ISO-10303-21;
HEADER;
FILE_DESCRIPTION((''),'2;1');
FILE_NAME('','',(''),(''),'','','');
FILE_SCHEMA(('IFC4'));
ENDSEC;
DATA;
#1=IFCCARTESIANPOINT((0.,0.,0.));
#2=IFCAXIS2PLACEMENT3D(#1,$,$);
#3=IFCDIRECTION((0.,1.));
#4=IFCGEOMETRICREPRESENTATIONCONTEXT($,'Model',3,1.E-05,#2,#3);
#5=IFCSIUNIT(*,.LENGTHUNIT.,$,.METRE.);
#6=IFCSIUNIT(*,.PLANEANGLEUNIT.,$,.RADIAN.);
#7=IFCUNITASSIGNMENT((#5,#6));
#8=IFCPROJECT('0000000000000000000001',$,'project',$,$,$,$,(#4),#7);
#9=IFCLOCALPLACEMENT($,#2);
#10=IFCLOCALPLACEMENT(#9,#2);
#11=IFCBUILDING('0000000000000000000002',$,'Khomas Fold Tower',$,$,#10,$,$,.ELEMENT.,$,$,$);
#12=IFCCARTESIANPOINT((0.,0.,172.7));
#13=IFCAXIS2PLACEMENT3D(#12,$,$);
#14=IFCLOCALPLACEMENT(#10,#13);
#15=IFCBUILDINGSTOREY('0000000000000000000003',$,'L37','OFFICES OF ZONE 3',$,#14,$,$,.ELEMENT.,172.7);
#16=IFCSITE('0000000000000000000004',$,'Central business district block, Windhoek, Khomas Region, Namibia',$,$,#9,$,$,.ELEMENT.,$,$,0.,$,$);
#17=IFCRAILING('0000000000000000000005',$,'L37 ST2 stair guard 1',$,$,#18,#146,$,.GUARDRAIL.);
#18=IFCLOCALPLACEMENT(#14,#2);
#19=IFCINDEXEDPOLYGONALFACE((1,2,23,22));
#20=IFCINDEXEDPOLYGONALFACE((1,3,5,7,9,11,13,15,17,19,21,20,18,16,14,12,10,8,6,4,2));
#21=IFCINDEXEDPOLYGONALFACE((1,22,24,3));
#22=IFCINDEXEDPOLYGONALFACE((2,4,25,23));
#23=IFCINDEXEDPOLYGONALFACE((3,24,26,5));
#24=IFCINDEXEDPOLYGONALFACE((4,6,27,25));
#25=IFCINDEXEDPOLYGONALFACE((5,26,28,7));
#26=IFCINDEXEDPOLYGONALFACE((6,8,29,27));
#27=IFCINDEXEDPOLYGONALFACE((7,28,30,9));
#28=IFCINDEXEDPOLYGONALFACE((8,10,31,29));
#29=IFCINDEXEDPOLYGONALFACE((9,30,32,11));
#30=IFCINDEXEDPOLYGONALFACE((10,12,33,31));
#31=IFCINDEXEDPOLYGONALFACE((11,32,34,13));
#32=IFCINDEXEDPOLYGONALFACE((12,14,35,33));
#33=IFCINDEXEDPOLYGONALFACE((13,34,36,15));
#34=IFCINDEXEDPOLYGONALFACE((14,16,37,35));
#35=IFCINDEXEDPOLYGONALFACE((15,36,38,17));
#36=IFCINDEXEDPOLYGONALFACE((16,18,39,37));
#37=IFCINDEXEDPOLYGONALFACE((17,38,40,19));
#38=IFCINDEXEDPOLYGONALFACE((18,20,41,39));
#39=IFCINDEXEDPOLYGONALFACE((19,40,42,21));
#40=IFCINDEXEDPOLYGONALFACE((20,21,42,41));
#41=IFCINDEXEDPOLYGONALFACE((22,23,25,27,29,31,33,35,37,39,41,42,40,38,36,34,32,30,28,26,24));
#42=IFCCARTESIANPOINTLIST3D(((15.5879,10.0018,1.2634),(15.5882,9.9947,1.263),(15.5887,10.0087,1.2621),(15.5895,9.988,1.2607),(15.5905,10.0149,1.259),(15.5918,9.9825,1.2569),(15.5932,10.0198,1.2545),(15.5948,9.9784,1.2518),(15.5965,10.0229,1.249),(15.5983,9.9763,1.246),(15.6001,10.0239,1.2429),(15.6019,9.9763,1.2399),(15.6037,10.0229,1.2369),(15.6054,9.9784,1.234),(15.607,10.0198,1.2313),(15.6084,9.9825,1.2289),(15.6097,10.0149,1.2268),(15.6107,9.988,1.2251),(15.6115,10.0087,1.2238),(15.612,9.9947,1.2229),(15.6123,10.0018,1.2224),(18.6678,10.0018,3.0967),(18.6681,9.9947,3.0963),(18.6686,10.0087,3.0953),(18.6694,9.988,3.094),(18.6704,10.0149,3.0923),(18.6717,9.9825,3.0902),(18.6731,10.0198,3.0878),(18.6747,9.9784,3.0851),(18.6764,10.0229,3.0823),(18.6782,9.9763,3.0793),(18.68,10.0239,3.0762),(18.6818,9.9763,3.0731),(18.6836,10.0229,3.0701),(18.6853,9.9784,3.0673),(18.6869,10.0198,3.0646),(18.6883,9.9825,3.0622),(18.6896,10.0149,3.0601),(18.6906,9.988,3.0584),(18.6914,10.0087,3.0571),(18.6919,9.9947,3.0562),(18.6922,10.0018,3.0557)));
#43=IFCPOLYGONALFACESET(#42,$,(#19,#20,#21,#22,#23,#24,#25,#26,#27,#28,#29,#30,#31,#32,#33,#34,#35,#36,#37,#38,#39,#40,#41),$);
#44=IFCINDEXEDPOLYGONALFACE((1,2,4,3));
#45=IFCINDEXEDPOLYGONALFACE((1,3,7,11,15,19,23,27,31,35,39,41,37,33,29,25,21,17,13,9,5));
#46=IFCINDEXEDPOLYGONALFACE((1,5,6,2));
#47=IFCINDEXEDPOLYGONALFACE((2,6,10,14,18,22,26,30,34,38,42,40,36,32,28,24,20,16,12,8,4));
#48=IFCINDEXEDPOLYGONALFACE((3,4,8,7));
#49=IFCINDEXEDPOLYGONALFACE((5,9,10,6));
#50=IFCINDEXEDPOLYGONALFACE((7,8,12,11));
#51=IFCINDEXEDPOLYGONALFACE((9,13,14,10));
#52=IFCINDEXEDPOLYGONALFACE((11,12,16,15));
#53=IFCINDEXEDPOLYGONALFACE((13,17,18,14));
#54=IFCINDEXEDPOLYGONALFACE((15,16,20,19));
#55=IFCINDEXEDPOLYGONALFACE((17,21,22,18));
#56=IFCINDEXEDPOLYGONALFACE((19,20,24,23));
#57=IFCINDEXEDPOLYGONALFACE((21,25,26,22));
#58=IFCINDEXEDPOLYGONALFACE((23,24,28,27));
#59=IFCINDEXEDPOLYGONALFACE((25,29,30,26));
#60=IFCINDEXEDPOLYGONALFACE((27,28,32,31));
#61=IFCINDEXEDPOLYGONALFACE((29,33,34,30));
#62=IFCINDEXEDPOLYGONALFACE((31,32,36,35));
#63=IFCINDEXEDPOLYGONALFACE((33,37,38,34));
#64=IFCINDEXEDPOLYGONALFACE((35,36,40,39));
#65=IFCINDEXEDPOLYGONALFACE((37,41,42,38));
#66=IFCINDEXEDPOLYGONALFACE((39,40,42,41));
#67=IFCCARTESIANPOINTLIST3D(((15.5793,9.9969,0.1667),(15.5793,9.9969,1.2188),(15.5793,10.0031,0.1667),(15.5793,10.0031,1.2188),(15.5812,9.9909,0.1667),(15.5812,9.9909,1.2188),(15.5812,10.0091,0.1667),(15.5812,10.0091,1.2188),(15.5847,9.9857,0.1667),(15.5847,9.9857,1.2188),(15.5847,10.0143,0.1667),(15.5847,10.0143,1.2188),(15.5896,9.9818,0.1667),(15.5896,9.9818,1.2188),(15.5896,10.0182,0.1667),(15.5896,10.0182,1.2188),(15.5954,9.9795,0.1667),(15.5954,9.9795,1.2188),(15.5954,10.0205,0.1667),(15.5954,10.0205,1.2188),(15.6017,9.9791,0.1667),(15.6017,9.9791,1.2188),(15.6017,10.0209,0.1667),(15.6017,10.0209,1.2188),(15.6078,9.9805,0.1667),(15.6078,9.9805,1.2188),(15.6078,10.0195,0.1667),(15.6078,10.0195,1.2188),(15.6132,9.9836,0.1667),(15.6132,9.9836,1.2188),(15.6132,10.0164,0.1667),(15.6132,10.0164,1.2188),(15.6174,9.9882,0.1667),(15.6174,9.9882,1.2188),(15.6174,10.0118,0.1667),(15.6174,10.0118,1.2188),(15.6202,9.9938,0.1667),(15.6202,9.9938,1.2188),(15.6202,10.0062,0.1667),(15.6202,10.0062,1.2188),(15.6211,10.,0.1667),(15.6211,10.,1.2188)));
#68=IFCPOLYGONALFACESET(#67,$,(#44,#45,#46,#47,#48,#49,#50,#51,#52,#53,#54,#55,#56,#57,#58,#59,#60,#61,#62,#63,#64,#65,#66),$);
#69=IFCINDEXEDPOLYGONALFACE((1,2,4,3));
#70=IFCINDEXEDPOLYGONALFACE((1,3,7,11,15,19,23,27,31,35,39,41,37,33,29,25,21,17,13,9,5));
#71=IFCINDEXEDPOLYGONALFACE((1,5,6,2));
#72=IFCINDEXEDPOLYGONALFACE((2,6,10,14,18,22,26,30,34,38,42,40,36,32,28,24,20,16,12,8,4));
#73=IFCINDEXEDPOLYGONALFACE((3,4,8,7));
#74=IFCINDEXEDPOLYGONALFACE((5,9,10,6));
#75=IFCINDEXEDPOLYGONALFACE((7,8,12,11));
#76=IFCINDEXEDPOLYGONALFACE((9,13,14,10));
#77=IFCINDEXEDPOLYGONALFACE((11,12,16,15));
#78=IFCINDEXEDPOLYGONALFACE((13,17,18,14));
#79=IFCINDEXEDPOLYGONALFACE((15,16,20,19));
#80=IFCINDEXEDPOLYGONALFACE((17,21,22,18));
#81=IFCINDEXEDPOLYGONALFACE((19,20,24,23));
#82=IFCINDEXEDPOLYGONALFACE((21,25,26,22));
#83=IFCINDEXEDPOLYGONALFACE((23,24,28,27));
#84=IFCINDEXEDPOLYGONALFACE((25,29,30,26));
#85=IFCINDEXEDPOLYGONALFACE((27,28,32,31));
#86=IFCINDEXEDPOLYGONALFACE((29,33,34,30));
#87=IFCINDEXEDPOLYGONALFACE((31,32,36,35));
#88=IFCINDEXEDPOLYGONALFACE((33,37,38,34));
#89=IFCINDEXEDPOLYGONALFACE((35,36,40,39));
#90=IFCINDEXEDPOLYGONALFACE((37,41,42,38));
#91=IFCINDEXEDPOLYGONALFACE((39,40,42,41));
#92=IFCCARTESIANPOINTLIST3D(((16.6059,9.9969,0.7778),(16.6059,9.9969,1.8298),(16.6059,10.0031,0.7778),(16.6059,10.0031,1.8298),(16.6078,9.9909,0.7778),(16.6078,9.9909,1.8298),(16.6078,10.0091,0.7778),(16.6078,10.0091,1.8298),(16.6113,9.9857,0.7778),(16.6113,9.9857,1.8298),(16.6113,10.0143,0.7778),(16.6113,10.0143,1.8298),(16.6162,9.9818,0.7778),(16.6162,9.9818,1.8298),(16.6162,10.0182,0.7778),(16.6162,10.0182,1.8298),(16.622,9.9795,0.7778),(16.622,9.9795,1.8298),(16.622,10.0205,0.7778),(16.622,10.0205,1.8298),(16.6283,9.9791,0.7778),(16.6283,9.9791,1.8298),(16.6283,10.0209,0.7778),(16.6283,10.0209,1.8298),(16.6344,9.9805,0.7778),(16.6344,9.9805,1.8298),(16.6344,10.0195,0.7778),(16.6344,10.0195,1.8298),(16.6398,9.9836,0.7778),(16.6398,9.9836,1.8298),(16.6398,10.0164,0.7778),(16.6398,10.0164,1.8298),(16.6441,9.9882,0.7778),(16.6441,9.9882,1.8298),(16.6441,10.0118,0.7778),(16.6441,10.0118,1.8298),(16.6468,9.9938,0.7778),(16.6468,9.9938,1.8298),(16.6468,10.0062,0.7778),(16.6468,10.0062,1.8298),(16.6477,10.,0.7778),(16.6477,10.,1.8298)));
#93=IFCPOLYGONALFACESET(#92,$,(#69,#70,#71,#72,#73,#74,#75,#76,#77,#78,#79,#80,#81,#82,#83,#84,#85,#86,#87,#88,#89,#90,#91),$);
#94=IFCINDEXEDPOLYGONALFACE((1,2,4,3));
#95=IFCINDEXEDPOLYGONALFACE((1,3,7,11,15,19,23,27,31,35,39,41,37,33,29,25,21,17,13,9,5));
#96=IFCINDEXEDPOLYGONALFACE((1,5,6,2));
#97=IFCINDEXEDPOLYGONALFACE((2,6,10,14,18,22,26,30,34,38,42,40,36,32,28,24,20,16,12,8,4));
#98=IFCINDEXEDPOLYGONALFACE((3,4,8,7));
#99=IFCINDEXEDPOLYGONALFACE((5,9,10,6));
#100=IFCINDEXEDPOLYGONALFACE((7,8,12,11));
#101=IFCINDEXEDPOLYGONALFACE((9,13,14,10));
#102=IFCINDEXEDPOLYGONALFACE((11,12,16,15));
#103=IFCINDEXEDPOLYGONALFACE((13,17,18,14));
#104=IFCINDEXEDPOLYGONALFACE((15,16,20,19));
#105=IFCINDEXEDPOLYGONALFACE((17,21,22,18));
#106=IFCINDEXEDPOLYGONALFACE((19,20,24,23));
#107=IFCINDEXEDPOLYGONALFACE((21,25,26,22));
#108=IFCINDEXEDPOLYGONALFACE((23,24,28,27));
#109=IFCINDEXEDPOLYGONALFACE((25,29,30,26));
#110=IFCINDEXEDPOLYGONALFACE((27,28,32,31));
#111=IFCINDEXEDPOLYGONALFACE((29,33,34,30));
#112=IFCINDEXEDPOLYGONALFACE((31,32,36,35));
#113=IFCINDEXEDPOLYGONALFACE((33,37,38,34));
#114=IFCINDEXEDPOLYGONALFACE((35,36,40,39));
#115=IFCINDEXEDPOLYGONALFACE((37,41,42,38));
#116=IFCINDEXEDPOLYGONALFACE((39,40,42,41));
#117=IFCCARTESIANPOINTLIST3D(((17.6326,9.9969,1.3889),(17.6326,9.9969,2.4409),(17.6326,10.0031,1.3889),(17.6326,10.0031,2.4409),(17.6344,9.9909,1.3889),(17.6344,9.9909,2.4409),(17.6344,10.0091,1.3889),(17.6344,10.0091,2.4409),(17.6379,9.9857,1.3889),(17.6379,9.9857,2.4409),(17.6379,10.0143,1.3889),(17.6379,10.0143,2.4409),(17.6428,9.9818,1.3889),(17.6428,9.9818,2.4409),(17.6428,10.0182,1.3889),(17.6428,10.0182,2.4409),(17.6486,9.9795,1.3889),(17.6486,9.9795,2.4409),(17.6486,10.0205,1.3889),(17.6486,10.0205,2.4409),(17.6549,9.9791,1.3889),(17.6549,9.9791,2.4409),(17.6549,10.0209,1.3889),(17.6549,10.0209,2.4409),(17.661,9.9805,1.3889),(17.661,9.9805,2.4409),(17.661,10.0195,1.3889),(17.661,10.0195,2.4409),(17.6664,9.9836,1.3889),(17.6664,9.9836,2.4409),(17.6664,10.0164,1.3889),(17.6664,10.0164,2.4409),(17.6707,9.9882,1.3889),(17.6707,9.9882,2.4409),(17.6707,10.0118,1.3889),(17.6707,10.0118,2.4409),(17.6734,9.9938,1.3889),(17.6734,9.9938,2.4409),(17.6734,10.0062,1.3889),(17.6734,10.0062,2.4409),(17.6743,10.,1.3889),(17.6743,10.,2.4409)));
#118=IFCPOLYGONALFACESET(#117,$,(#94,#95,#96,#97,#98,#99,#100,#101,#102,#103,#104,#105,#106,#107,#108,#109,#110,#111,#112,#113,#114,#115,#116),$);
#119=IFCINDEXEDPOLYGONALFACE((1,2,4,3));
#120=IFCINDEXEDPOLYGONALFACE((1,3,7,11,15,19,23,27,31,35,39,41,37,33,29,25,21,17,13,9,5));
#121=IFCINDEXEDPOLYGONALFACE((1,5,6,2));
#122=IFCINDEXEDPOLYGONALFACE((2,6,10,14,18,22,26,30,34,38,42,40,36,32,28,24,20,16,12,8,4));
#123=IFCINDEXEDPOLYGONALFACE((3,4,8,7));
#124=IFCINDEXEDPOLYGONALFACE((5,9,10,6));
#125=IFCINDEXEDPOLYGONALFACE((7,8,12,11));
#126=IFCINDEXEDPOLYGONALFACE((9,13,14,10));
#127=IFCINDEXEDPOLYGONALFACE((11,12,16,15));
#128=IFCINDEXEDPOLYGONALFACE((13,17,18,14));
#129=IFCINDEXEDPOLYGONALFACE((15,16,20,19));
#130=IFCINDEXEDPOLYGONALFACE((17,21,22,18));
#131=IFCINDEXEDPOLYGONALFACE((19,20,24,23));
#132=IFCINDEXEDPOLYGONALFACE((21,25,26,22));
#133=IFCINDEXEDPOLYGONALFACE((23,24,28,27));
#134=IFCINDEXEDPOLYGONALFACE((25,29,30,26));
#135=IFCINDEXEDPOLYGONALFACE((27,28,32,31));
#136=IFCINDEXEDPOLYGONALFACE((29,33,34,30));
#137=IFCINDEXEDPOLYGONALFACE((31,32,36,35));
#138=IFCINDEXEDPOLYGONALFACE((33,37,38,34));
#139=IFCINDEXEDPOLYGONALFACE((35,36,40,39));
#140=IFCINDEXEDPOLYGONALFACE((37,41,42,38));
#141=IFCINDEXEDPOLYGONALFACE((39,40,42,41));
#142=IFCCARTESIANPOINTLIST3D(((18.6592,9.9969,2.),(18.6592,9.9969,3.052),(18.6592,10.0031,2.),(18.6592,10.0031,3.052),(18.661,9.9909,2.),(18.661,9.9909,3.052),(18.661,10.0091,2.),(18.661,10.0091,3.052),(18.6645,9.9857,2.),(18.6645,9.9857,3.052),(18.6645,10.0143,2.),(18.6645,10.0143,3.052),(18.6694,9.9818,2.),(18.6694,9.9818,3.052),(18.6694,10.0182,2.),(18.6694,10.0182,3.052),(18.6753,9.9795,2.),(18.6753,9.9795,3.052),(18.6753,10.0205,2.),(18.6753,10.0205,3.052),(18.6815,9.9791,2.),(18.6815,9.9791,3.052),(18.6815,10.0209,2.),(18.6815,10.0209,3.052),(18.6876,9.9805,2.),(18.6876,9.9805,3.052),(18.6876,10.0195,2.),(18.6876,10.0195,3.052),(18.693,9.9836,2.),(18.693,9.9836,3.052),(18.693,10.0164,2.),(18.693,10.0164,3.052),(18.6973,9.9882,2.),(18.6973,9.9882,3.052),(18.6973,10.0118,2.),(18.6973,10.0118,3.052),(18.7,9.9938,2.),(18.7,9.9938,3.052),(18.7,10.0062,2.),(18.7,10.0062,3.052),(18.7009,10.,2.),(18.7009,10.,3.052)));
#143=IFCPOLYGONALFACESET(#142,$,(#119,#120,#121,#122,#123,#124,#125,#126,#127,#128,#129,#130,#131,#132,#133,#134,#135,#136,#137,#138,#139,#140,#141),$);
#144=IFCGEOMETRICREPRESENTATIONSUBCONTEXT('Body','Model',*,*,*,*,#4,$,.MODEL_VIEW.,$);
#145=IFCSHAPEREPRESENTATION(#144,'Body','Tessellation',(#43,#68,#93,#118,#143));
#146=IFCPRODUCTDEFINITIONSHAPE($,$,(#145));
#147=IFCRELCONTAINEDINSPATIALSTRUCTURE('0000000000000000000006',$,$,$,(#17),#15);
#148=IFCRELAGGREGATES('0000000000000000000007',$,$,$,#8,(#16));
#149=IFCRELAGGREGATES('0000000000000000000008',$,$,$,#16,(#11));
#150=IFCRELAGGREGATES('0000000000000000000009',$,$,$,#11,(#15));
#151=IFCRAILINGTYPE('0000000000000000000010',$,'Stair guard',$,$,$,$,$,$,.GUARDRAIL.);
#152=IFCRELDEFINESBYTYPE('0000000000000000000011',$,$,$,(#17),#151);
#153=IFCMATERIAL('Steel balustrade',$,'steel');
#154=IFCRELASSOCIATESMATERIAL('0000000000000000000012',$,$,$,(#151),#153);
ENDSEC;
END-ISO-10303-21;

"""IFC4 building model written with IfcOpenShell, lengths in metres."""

from ifc_helpers import new_model, si_unit, direction, frame, origin, origin_2d, place, context, subcontext, project, spatial, circle, extrude, source, transform, mapped, material, type_object, element, save


model = new_model("IFC4")

# Units and contexts
model_context = context("Model", 3, precision=1e-05, world=origin(), true_north=direction((0.0, 1.0)))
body_context = subcontext(model_context, "Body", "Model", "MODEL_VIEW")
ifc_project = project(units=[si_unit("LENGTHUNIT", "METRE"), si_unit("PLANEANGLEUNIT", "RADIAN")], contexts=[model_context])

# Site, building, storey
site_placement = place(None, origin())
site = spatial("IfcSite", under=ifc_project, at=site_placement, Name="Central business district block, Windhoek, Khomas Region, Namibia", CompositionType="ELEMENT", RefElevation=0.0)
building_placement = place(site_placement, origin())
building = spatial("IfcBuilding", under=site, at=building_placement, Name="Khomas Fold Tower", CompositionType="ELEMENT")
storey_placement = place(building_placement, frame((0.0, 0.0, 172.7)))
storey = spatial("IfcBuildingStorey", under=building, at=storey_placement, Name="L37", Description="OFFICES OF ZONE 3", CompositionType="ELEMENT", Elevation=172.7)

# Railing
ifc_material_1 = material(Name="Steel balustrade", Category="steel")
railing_type_1 = type_object("IfcRailingType", Name="Stair guard", PredefinedType="GUARDRAIL", material=ifc_material_1)
shared_shape_1 = source(origin(), body_context, "Body", "SweptSolid", [
    extrude(circle(Radius=0.0239, at=origin_2d()), frame((0.0, 0.0, 1.0762), z_axis=(0.859291, 0.0, 0.511487), x_axis=(0.0, 1.0, 0.0)), (0.0, 0.0, 1.0), 3.5842),
    extrude(circle(Radius=0.021, at=origin_2d()), origin(), (0.0, 0.0, 1.0), 1.052),
    extrude(circle(Radius=0.021, at=origin_2d()), frame((1.0266, 0.0, 0.6111)), (0.0, 0.0, 1.0), 1.052),
    extrude(circle(Radius=0.021, at=origin_2d()), frame((2.0532, 0.0, 1.2222)), (0.0, 0.0, 1.0), 1.052),
    extrude(circle(Radius=0.021, at=origin_2d()), frame((3.0798, 0.0, 1.8333)), (0.0, 0.0, 1.0), 1.052),
])
railing_1_placement = place(storey_placement, frame((15.6001, 10.0, 0.1667)))
element("IfcRailing", 1, at=railing_1_placement, inside=storey, type_object=railing_type_1, Name="L37 ST2 stair guard 1", PredefinedType="GUARDRAIL", context=body_context, shape_type="MappedRepresentation", body=[
    mapped(shared_shape_1, transform((0.0, 0.0, 0.0))),
])

save(model, "model.ifc")
